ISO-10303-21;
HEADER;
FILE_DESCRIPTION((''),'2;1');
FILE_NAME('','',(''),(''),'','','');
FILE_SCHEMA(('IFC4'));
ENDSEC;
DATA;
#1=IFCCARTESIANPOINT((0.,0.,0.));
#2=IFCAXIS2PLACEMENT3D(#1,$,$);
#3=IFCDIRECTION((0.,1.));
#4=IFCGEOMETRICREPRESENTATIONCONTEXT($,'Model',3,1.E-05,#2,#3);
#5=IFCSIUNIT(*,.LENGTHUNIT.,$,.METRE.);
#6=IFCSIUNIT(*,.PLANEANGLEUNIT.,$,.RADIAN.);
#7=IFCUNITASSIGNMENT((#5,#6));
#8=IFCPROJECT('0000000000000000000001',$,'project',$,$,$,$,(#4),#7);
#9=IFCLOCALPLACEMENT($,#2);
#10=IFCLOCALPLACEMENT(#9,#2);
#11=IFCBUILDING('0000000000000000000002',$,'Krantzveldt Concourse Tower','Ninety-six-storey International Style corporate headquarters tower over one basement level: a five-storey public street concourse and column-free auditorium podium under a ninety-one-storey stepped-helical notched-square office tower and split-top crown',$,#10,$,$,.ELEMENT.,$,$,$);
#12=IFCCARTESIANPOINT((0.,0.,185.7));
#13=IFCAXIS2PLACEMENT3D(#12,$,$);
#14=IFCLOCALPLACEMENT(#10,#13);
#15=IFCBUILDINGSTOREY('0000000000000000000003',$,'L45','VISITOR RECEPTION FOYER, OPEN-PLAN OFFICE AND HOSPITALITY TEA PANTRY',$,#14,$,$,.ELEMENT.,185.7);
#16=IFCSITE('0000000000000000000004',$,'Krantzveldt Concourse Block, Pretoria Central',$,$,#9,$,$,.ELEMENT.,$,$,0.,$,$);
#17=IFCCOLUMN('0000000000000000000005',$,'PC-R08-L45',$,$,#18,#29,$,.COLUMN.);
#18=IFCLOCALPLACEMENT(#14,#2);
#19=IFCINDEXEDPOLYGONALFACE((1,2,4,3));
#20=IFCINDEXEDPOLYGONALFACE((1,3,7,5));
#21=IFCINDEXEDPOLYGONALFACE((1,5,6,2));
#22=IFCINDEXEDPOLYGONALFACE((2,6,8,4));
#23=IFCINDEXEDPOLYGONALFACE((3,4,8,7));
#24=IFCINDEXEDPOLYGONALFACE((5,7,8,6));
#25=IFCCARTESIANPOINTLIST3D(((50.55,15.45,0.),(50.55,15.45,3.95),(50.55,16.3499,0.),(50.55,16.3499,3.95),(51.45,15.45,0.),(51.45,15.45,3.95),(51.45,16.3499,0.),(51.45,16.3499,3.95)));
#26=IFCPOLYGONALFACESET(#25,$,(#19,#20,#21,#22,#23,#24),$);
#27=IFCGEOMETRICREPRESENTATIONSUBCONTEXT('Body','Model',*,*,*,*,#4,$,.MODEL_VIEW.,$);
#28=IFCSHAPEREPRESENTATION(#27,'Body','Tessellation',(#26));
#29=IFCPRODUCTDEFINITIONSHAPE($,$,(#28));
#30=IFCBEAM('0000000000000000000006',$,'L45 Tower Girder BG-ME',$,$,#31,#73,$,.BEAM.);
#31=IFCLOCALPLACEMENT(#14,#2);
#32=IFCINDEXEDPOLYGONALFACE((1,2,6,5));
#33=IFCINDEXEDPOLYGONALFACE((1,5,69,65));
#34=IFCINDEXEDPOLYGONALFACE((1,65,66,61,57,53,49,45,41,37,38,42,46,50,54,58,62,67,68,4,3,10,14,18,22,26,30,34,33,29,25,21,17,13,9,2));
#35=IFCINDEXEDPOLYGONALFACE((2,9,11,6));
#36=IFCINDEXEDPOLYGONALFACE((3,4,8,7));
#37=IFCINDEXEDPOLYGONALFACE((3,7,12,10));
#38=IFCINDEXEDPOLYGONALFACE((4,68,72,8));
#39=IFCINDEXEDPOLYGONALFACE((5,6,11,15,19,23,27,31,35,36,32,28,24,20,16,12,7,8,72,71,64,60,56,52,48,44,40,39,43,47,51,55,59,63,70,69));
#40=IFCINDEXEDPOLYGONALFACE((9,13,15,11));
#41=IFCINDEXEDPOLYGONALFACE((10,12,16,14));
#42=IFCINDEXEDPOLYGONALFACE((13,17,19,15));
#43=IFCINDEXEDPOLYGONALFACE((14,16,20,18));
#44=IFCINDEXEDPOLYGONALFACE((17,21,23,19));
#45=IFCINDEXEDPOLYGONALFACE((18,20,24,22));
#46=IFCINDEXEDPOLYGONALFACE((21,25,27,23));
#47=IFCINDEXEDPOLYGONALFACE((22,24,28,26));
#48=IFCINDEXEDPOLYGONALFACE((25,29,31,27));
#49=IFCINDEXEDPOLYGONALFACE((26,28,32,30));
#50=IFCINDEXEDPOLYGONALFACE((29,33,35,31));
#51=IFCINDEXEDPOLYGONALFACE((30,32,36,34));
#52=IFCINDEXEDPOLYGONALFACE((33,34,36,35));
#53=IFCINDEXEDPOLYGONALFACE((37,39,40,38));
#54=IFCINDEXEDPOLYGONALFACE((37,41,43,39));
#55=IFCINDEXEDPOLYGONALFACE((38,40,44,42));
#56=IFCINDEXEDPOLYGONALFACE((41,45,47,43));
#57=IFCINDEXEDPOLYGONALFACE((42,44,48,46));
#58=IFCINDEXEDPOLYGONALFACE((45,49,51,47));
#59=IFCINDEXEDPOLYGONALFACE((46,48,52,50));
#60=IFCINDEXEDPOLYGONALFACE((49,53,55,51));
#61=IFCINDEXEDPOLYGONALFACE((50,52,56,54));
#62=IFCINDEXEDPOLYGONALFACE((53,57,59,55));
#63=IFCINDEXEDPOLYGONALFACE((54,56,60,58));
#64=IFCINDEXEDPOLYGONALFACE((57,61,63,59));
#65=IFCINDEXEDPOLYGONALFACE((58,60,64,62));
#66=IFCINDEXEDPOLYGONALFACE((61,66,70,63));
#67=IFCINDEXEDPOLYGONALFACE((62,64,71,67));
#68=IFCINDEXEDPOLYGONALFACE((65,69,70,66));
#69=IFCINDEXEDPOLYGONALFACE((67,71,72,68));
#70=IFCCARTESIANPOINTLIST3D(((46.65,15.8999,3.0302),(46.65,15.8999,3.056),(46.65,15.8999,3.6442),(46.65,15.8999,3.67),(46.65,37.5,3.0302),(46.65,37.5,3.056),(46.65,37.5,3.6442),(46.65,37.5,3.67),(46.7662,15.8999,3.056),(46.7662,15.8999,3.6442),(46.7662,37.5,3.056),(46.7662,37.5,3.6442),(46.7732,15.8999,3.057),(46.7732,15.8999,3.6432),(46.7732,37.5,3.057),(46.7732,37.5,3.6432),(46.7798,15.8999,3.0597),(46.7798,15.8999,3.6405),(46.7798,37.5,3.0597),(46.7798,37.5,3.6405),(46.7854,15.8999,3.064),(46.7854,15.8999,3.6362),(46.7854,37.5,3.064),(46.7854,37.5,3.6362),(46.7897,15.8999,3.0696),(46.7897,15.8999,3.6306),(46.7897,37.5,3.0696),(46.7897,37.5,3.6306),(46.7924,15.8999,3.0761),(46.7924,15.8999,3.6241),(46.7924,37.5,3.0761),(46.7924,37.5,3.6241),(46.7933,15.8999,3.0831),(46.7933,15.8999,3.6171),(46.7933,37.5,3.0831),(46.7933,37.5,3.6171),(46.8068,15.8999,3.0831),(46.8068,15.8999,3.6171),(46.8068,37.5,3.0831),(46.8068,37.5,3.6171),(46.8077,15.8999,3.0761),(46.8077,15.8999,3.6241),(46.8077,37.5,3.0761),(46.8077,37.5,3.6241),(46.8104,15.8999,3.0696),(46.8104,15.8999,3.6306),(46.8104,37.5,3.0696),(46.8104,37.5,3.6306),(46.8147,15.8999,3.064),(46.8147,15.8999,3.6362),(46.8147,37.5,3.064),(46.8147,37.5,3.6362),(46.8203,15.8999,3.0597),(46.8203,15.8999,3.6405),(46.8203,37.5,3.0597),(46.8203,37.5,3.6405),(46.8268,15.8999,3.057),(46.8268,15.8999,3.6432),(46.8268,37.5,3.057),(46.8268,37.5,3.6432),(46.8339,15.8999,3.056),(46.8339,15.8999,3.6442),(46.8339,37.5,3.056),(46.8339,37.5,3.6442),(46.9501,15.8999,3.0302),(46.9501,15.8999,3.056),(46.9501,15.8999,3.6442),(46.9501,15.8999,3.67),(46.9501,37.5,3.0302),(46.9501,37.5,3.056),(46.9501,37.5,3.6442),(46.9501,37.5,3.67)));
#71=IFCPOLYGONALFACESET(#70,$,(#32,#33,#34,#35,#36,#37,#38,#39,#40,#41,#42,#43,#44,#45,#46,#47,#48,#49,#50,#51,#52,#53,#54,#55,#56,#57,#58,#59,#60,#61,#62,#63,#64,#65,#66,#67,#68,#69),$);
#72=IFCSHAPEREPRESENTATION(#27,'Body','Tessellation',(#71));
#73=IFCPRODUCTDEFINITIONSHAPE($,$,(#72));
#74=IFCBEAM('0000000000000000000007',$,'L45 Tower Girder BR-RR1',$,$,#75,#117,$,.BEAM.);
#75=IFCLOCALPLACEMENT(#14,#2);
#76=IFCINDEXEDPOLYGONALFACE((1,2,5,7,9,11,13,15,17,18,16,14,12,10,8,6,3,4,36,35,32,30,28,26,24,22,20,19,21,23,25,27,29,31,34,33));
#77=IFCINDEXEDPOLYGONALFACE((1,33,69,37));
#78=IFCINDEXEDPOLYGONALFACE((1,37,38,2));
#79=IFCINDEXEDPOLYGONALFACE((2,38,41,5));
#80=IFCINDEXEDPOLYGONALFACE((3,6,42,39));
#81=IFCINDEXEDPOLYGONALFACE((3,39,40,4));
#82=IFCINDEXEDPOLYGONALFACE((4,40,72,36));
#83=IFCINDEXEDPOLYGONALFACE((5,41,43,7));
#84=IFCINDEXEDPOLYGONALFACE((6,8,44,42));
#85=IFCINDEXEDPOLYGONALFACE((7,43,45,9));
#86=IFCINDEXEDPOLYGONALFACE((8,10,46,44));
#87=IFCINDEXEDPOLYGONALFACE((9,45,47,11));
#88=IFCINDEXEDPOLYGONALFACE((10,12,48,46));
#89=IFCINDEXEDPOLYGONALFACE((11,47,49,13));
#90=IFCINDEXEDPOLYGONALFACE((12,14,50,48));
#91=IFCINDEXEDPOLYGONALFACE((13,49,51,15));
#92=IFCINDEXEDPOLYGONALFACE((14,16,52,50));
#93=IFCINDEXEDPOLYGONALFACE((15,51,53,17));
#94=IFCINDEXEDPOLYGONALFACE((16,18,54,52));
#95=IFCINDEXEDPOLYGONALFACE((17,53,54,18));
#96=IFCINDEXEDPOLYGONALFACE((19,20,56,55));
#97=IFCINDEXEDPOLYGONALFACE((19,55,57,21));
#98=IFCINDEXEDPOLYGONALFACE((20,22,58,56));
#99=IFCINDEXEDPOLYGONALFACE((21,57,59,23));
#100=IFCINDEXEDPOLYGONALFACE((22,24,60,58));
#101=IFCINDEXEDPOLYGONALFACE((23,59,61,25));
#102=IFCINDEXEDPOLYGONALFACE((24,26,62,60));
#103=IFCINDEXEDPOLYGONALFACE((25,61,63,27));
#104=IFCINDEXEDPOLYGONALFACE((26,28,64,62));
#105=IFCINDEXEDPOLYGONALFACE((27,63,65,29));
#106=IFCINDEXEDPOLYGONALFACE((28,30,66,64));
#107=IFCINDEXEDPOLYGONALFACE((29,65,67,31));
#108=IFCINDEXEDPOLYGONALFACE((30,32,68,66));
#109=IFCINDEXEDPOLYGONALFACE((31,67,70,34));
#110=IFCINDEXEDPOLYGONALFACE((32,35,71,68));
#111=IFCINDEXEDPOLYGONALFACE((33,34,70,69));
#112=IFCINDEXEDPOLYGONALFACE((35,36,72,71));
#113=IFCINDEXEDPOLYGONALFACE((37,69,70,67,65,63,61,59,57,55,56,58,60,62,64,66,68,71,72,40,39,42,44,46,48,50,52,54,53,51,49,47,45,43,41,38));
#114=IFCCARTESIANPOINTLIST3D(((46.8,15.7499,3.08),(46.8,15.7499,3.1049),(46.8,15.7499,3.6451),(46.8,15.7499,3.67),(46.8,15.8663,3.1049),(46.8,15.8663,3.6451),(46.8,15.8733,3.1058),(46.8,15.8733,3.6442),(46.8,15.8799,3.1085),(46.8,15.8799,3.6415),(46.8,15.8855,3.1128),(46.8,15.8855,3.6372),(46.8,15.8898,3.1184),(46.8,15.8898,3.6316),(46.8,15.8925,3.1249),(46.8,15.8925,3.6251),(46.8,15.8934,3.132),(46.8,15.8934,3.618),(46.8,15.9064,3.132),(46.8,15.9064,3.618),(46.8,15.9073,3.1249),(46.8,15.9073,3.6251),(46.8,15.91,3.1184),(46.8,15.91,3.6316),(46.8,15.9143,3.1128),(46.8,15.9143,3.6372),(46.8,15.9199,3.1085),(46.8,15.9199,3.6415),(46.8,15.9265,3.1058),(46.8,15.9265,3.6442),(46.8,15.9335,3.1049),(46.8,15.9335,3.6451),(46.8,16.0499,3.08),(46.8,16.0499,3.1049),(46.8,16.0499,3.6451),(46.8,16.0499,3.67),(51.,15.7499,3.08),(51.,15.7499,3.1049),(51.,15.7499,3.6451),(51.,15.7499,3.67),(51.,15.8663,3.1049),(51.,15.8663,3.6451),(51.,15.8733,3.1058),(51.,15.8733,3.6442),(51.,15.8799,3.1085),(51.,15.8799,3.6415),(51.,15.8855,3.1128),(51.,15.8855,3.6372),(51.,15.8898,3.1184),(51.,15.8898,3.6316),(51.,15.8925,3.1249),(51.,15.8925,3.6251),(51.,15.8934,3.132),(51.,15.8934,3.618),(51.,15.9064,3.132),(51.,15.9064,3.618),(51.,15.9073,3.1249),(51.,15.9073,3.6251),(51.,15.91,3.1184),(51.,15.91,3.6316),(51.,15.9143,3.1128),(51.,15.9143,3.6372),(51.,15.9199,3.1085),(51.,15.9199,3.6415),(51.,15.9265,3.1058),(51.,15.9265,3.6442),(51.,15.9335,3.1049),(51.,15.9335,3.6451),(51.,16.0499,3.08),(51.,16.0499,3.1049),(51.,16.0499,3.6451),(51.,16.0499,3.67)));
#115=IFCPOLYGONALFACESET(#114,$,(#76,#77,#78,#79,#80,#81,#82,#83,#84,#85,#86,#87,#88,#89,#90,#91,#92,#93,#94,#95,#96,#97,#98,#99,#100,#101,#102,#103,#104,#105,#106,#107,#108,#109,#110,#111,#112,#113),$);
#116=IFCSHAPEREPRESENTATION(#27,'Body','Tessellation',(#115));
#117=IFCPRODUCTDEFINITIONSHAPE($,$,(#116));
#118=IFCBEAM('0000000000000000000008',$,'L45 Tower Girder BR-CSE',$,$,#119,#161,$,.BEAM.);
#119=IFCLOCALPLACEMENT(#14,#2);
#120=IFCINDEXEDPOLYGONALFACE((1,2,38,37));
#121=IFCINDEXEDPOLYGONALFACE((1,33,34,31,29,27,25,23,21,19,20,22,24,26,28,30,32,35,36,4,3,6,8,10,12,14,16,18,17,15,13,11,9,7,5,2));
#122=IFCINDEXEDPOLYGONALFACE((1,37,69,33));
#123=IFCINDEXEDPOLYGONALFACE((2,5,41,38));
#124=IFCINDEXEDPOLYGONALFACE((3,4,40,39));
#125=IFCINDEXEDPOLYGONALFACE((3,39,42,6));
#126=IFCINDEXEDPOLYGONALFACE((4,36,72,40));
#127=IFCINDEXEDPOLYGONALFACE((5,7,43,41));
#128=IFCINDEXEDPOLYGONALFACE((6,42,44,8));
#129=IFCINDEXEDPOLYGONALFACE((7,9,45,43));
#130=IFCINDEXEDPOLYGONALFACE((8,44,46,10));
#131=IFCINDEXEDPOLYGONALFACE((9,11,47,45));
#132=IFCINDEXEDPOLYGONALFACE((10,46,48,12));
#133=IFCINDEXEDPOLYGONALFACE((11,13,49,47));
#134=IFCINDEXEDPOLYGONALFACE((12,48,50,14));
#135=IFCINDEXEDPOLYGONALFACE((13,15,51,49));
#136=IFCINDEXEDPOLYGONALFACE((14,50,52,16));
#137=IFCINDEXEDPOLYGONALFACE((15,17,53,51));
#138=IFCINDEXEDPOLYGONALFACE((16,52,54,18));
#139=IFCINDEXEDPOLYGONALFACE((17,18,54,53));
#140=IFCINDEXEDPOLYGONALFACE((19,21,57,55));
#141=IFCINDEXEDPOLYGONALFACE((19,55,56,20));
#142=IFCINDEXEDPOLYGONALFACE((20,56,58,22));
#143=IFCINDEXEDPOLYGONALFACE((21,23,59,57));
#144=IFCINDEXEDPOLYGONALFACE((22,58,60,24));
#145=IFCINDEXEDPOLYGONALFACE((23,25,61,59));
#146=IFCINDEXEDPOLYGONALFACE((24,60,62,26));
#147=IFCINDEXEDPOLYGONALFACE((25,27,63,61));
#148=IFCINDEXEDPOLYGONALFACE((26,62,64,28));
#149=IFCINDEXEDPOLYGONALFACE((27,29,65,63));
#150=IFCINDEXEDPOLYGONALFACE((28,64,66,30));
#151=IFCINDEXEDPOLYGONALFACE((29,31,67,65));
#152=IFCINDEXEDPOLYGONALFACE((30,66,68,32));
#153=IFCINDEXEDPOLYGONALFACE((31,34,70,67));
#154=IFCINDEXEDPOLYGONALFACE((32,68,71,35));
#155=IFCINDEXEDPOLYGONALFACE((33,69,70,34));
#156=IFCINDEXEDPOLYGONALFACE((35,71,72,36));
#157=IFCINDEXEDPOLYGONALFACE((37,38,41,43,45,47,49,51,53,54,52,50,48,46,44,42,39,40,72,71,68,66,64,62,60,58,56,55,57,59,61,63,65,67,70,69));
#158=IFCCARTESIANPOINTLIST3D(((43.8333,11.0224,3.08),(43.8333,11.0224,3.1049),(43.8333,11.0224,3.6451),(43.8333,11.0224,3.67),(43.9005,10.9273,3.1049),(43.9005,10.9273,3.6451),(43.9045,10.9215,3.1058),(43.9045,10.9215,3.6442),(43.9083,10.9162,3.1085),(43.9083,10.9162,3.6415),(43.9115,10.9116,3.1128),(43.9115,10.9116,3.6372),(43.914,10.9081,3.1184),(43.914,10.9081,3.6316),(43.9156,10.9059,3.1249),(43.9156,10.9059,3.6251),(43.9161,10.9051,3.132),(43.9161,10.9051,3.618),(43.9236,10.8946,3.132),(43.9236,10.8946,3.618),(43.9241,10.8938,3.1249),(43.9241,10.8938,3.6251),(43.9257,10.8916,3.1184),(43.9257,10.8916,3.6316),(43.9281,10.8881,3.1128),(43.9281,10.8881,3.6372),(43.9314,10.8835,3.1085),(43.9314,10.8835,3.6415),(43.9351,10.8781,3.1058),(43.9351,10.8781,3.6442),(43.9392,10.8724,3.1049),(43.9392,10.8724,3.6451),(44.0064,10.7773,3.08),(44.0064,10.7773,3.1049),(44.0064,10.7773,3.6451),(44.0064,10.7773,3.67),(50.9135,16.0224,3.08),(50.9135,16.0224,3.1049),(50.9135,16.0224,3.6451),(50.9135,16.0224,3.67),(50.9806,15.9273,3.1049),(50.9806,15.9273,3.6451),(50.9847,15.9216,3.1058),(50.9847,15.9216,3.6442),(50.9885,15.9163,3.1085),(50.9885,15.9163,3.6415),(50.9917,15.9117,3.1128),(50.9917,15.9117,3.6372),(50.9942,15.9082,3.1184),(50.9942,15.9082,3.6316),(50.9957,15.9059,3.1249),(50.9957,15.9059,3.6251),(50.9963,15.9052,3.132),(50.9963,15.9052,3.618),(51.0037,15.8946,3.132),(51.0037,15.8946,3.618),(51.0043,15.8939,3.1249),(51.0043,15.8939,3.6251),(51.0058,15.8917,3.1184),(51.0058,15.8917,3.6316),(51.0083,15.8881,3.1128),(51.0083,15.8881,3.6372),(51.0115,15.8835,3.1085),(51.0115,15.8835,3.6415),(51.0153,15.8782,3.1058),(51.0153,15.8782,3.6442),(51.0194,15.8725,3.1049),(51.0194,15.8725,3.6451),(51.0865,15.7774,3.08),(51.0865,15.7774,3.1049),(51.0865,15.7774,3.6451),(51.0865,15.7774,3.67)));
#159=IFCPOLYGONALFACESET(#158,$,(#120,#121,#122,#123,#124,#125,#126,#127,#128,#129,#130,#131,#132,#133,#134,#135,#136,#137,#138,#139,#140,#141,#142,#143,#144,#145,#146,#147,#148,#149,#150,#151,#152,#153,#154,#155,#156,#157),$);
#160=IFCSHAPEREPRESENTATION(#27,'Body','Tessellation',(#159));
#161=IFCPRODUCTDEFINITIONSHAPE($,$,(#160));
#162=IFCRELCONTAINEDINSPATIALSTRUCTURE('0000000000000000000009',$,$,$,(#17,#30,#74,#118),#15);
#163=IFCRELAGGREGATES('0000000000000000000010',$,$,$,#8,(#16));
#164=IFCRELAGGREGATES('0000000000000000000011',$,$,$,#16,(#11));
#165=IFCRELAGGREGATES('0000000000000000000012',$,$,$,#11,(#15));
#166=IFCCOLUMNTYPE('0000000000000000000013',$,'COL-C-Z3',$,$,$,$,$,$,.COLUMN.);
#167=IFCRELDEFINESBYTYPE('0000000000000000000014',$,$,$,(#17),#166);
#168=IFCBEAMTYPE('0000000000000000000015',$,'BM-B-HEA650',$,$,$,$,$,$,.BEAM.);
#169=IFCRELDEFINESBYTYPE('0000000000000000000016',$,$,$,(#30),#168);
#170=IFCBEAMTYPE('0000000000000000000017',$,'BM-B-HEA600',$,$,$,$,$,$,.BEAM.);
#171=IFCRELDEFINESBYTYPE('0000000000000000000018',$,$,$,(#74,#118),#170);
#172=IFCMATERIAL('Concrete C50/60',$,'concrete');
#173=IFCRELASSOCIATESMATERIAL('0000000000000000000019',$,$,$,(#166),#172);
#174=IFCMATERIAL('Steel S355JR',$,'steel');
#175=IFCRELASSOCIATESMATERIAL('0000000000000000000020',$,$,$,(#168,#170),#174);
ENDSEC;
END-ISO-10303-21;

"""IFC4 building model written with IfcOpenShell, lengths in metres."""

from ifc_helpers import new_model, si_unit, direction, frame, origin, origin_2d, place, context, subcontext, project, spatial, rectangle, i_section, extrude, source, transform, mapped, material, material_profile, profile_set, type_object, type_shapes, element, save


model = new_model("IFC4")

# Units and contexts
model_context = context("Model", 3, precision=1e-05, world=origin(), true_north=direction((0.0, 1.0)))
body_context = subcontext(model_context, "Body", "Model", "MODEL_VIEW")
ifc_project = project(units=[si_unit("LENGTHUNIT", "METRE"), si_unit("PLANEANGLEUNIT", "RADIAN")], contexts=[model_context])

# Site, building, storey
site_placement = place(None, origin())
site = spatial("IfcSite", under=ifc_project, at=site_placement, Name="Krantzveldt Concourse Block, Pretoria Central", CompositionType="ELEMENT", RefElevation=0.0)
building_placement = place(site_placement, origin())
building = spatial("IfcBuilding", under=site, at=building_placement, Name="Krantzveldt Concourse Tower", Description="Ninety-six-storey International Style corporate headquarters tower over one basement level: a five-storey public street concourse and column-free auditorium podium under a ninety-one-storey stepped-helical notched-square office tower and split-top crown", CompositionType="ELEMENT")
storey_placement = place(building_placement, frame((0.0, 0.0, 185.7)))
storey = spatial("IfcBuildingStorey", under=building, at=storey_placement, Name="L45", Description="VISITOR RECEPTION FOYER, OPEN-PLAN OFFICE AND HOSPITALITY TEA PANTRY", CompositionType="ELEMENT", Elevation=185.7)

# Column
ifc_material_1 = material(Name="Concrete C50/60", Category="concrete")
ifc_material_profile_1 = material_profile(ifc_material_1, rectangle(XDim=0.8999, YDim=0.8999, at=origin_2d()), Name="Concrete C50/60", Category="concrete")
ifc_profile_set_1 = profile_set([ifc_material_profile_1], Name="Concrete C50/60 - RC 900x900")
column_type = type_object("IfcColumnType", Name="COL-C-Z3", PredefinedType="COLUMN", material=ifc_profile_set_1)
shared_shape_1 = source(origin(), body_context, "Body", "SweptSolid", [
    extrude(rectangle(XDim=0.8999, YDim=0.8999, at=origin_2d()), origin(), (0.0, 0.0, 1.0), 3.95),
])
type_shapes(column_type, [shared_shape_1])
column_placement = place(storey_placement, frame((51.0, 15.8999, 0.0), z_axis=(0.0, 0.0, 1.0), x_axis=(1.0, 0.0, 0.0)))
element("IfcColumn", 1, at=column_placement, inside=storey, type_object=column_type, Name="PC-R08-L45", PredefinedType="COLUMN", context=body_context, shape_type="MappedRepresentation", body=[
    mapped(shared_shape_1, transform((0.0, 0.0, 0.0), x_axis=(1.0, 0.0, 0.0), y_axis=(0.0, 1.0, 0.0), z_axis=(0.0, 0.0, 1.0), scale=1.0)),
])

# Beams
ifc_material_2 = material(Name="Steel S355JR", Category="steel")
ifc_material_profile_2 = material_profile(ifc_material_2, i_section(OverallWidth=0.3, OverallDepth=0.6399, WebThickness=0.0134, FlangeThickness=0.0259, FilletRadius=0.0271, at=origin_2d()), Name="Steel S355JR", Category="steel")
ifc_profile_set_2 = profile_set([ifc_material_profile_2], Name="Steel S355JR - HEA 650")
beam_type_1 = type_object("IfcBeamType", Name="BM-B-HEA650", PredefinedType="BEAM", material=ifc_profile_set_2)
shared_shape_2 = source(origin(), body_context, "Body", "SweptSolid", [
    extrude(i_section(OverallWidth=0.3, OverallDepth=0.6399, WebThickness=0.0134, FlangeThickness=0.0259, FilletRadius=0.0271, at=origin_2d()), origin(), (0.0, 0.0, 1.0), 21.6001),
])
type_shapes(beam_type_1, [shared_shape_2])
beam_1_placement = place(storey_placement, frame((46.8, 15.8999, 3.3501), z_axis=(0.0, 1.0, 0.0), x_axis=(-1.0, 0.0, 0.0)))
element("IfcBeam", 2, at=beam_1_placement, inside=storey, type_object=beam_type_1, Name="L45 Tower Girder BG-ME", PredefinedType="BEAM", context=body_context, shape_type="MappedRepresentation", body=[
    mapped(shared_shape_2, transform((0.0, 0.0, 0.0), x_axis=(1.0, 0.0, 0.0), y_axis=(0.0, 1.0, 0.0), z_axis=(0.0, 0.0, 1.0), scale=1.0)),
])
ifc_material_profile_3 = material_profile(ifc_material_2, i_section(OverallWidth=0.3, OverallDepth=0.5901, WebThickness=0.0129, FlangeThickness=0.0249, FilletRadius=0.0271, at=origin_2d()), Name="Steel S355JR", Category="steel")
ifc_profile_set_3 = profile_set([ifc_material_profile_3], Name="Steel S355JR - HEA 600")
beam_type_2 = type_object("IfcBeamType", Name="BM-B-HEA600", PredefinedType="BEAM", material=ifc_profile_set_3)
shared_shape_3 = source(origin(), body_context, "Body", "SweptSolid", [
    extrude(i_section(OverallWidth=0.3, OverallDepth=0.5901, WebThickness=0.0129, FlangeThickness=0.0249, FilletRadius=0.0271, at=origin_2d()), origin(), (0.0, 0.0, 1.0), 4.2),
])
beam_2_placement = place(storey_placement, frame((46.8, 15.8999, 3.375), z_axis=(1.0, 0.0, 0.0), x_axis=(0.0, 1.0, 0.0)))
element("IfcBeam", 3, at=beam_2_placement, inside=storey, type_object=beam_type_2, Name="L45 Tower Girder BR-RR1", PredefinedType="BEAM", context=body_context, shape_type="MappedRepresentation", body=[
    mapped(shared_shape_3, transform((0.0, 0.0, 0.0), x_axis=(1.0, 0.0, 0.0), y_axis=(0.0, 1.0, 0.0), z_axis=(0.0, 0.0, 1.0), scale=1.0)),
])
shared_shape_4 = source(origin(), body_context, "Body", "SweptSolid", [
    extrude(i_section(OverallWidth=0.3, OverallDepth=0.5901, WebThickness=0.0129, FlangeThickness=0.0249, FilletRadius=0.0271, at=origin_2d()), origin(), (0.0, 0.0, 1.0), 8.6677),
])
type_shapes(beam_type_2, [shared_shape_3, shared_shape_4])
beam_3_placement = place(storey_placement, frame((51.0, 15.8999, 3.375), z_axis=(-0.816843, -0.57686, 0.0), x_axis=(0.57686, -0.816843, 0.0)))
element("IfcBeam", 4, at=beam_3_placement, inside=storey, type_object=beam_type_2, Name="L45 Tower Girder BR-CSE", PredefinedType="BEAM", context=body_context, shape_type="MappedRepresentation", body=[
    mapped(shared_shape_4, transform((0.0, 0.0, 0.0), x_axis=(1.0, 0.0, 0.0), y_axis=(0.0, 1.0, 0.0), z_axis=(0.0, 0.0, 1.0), scale=1.0)),
])

save(model, "model.ifc")
